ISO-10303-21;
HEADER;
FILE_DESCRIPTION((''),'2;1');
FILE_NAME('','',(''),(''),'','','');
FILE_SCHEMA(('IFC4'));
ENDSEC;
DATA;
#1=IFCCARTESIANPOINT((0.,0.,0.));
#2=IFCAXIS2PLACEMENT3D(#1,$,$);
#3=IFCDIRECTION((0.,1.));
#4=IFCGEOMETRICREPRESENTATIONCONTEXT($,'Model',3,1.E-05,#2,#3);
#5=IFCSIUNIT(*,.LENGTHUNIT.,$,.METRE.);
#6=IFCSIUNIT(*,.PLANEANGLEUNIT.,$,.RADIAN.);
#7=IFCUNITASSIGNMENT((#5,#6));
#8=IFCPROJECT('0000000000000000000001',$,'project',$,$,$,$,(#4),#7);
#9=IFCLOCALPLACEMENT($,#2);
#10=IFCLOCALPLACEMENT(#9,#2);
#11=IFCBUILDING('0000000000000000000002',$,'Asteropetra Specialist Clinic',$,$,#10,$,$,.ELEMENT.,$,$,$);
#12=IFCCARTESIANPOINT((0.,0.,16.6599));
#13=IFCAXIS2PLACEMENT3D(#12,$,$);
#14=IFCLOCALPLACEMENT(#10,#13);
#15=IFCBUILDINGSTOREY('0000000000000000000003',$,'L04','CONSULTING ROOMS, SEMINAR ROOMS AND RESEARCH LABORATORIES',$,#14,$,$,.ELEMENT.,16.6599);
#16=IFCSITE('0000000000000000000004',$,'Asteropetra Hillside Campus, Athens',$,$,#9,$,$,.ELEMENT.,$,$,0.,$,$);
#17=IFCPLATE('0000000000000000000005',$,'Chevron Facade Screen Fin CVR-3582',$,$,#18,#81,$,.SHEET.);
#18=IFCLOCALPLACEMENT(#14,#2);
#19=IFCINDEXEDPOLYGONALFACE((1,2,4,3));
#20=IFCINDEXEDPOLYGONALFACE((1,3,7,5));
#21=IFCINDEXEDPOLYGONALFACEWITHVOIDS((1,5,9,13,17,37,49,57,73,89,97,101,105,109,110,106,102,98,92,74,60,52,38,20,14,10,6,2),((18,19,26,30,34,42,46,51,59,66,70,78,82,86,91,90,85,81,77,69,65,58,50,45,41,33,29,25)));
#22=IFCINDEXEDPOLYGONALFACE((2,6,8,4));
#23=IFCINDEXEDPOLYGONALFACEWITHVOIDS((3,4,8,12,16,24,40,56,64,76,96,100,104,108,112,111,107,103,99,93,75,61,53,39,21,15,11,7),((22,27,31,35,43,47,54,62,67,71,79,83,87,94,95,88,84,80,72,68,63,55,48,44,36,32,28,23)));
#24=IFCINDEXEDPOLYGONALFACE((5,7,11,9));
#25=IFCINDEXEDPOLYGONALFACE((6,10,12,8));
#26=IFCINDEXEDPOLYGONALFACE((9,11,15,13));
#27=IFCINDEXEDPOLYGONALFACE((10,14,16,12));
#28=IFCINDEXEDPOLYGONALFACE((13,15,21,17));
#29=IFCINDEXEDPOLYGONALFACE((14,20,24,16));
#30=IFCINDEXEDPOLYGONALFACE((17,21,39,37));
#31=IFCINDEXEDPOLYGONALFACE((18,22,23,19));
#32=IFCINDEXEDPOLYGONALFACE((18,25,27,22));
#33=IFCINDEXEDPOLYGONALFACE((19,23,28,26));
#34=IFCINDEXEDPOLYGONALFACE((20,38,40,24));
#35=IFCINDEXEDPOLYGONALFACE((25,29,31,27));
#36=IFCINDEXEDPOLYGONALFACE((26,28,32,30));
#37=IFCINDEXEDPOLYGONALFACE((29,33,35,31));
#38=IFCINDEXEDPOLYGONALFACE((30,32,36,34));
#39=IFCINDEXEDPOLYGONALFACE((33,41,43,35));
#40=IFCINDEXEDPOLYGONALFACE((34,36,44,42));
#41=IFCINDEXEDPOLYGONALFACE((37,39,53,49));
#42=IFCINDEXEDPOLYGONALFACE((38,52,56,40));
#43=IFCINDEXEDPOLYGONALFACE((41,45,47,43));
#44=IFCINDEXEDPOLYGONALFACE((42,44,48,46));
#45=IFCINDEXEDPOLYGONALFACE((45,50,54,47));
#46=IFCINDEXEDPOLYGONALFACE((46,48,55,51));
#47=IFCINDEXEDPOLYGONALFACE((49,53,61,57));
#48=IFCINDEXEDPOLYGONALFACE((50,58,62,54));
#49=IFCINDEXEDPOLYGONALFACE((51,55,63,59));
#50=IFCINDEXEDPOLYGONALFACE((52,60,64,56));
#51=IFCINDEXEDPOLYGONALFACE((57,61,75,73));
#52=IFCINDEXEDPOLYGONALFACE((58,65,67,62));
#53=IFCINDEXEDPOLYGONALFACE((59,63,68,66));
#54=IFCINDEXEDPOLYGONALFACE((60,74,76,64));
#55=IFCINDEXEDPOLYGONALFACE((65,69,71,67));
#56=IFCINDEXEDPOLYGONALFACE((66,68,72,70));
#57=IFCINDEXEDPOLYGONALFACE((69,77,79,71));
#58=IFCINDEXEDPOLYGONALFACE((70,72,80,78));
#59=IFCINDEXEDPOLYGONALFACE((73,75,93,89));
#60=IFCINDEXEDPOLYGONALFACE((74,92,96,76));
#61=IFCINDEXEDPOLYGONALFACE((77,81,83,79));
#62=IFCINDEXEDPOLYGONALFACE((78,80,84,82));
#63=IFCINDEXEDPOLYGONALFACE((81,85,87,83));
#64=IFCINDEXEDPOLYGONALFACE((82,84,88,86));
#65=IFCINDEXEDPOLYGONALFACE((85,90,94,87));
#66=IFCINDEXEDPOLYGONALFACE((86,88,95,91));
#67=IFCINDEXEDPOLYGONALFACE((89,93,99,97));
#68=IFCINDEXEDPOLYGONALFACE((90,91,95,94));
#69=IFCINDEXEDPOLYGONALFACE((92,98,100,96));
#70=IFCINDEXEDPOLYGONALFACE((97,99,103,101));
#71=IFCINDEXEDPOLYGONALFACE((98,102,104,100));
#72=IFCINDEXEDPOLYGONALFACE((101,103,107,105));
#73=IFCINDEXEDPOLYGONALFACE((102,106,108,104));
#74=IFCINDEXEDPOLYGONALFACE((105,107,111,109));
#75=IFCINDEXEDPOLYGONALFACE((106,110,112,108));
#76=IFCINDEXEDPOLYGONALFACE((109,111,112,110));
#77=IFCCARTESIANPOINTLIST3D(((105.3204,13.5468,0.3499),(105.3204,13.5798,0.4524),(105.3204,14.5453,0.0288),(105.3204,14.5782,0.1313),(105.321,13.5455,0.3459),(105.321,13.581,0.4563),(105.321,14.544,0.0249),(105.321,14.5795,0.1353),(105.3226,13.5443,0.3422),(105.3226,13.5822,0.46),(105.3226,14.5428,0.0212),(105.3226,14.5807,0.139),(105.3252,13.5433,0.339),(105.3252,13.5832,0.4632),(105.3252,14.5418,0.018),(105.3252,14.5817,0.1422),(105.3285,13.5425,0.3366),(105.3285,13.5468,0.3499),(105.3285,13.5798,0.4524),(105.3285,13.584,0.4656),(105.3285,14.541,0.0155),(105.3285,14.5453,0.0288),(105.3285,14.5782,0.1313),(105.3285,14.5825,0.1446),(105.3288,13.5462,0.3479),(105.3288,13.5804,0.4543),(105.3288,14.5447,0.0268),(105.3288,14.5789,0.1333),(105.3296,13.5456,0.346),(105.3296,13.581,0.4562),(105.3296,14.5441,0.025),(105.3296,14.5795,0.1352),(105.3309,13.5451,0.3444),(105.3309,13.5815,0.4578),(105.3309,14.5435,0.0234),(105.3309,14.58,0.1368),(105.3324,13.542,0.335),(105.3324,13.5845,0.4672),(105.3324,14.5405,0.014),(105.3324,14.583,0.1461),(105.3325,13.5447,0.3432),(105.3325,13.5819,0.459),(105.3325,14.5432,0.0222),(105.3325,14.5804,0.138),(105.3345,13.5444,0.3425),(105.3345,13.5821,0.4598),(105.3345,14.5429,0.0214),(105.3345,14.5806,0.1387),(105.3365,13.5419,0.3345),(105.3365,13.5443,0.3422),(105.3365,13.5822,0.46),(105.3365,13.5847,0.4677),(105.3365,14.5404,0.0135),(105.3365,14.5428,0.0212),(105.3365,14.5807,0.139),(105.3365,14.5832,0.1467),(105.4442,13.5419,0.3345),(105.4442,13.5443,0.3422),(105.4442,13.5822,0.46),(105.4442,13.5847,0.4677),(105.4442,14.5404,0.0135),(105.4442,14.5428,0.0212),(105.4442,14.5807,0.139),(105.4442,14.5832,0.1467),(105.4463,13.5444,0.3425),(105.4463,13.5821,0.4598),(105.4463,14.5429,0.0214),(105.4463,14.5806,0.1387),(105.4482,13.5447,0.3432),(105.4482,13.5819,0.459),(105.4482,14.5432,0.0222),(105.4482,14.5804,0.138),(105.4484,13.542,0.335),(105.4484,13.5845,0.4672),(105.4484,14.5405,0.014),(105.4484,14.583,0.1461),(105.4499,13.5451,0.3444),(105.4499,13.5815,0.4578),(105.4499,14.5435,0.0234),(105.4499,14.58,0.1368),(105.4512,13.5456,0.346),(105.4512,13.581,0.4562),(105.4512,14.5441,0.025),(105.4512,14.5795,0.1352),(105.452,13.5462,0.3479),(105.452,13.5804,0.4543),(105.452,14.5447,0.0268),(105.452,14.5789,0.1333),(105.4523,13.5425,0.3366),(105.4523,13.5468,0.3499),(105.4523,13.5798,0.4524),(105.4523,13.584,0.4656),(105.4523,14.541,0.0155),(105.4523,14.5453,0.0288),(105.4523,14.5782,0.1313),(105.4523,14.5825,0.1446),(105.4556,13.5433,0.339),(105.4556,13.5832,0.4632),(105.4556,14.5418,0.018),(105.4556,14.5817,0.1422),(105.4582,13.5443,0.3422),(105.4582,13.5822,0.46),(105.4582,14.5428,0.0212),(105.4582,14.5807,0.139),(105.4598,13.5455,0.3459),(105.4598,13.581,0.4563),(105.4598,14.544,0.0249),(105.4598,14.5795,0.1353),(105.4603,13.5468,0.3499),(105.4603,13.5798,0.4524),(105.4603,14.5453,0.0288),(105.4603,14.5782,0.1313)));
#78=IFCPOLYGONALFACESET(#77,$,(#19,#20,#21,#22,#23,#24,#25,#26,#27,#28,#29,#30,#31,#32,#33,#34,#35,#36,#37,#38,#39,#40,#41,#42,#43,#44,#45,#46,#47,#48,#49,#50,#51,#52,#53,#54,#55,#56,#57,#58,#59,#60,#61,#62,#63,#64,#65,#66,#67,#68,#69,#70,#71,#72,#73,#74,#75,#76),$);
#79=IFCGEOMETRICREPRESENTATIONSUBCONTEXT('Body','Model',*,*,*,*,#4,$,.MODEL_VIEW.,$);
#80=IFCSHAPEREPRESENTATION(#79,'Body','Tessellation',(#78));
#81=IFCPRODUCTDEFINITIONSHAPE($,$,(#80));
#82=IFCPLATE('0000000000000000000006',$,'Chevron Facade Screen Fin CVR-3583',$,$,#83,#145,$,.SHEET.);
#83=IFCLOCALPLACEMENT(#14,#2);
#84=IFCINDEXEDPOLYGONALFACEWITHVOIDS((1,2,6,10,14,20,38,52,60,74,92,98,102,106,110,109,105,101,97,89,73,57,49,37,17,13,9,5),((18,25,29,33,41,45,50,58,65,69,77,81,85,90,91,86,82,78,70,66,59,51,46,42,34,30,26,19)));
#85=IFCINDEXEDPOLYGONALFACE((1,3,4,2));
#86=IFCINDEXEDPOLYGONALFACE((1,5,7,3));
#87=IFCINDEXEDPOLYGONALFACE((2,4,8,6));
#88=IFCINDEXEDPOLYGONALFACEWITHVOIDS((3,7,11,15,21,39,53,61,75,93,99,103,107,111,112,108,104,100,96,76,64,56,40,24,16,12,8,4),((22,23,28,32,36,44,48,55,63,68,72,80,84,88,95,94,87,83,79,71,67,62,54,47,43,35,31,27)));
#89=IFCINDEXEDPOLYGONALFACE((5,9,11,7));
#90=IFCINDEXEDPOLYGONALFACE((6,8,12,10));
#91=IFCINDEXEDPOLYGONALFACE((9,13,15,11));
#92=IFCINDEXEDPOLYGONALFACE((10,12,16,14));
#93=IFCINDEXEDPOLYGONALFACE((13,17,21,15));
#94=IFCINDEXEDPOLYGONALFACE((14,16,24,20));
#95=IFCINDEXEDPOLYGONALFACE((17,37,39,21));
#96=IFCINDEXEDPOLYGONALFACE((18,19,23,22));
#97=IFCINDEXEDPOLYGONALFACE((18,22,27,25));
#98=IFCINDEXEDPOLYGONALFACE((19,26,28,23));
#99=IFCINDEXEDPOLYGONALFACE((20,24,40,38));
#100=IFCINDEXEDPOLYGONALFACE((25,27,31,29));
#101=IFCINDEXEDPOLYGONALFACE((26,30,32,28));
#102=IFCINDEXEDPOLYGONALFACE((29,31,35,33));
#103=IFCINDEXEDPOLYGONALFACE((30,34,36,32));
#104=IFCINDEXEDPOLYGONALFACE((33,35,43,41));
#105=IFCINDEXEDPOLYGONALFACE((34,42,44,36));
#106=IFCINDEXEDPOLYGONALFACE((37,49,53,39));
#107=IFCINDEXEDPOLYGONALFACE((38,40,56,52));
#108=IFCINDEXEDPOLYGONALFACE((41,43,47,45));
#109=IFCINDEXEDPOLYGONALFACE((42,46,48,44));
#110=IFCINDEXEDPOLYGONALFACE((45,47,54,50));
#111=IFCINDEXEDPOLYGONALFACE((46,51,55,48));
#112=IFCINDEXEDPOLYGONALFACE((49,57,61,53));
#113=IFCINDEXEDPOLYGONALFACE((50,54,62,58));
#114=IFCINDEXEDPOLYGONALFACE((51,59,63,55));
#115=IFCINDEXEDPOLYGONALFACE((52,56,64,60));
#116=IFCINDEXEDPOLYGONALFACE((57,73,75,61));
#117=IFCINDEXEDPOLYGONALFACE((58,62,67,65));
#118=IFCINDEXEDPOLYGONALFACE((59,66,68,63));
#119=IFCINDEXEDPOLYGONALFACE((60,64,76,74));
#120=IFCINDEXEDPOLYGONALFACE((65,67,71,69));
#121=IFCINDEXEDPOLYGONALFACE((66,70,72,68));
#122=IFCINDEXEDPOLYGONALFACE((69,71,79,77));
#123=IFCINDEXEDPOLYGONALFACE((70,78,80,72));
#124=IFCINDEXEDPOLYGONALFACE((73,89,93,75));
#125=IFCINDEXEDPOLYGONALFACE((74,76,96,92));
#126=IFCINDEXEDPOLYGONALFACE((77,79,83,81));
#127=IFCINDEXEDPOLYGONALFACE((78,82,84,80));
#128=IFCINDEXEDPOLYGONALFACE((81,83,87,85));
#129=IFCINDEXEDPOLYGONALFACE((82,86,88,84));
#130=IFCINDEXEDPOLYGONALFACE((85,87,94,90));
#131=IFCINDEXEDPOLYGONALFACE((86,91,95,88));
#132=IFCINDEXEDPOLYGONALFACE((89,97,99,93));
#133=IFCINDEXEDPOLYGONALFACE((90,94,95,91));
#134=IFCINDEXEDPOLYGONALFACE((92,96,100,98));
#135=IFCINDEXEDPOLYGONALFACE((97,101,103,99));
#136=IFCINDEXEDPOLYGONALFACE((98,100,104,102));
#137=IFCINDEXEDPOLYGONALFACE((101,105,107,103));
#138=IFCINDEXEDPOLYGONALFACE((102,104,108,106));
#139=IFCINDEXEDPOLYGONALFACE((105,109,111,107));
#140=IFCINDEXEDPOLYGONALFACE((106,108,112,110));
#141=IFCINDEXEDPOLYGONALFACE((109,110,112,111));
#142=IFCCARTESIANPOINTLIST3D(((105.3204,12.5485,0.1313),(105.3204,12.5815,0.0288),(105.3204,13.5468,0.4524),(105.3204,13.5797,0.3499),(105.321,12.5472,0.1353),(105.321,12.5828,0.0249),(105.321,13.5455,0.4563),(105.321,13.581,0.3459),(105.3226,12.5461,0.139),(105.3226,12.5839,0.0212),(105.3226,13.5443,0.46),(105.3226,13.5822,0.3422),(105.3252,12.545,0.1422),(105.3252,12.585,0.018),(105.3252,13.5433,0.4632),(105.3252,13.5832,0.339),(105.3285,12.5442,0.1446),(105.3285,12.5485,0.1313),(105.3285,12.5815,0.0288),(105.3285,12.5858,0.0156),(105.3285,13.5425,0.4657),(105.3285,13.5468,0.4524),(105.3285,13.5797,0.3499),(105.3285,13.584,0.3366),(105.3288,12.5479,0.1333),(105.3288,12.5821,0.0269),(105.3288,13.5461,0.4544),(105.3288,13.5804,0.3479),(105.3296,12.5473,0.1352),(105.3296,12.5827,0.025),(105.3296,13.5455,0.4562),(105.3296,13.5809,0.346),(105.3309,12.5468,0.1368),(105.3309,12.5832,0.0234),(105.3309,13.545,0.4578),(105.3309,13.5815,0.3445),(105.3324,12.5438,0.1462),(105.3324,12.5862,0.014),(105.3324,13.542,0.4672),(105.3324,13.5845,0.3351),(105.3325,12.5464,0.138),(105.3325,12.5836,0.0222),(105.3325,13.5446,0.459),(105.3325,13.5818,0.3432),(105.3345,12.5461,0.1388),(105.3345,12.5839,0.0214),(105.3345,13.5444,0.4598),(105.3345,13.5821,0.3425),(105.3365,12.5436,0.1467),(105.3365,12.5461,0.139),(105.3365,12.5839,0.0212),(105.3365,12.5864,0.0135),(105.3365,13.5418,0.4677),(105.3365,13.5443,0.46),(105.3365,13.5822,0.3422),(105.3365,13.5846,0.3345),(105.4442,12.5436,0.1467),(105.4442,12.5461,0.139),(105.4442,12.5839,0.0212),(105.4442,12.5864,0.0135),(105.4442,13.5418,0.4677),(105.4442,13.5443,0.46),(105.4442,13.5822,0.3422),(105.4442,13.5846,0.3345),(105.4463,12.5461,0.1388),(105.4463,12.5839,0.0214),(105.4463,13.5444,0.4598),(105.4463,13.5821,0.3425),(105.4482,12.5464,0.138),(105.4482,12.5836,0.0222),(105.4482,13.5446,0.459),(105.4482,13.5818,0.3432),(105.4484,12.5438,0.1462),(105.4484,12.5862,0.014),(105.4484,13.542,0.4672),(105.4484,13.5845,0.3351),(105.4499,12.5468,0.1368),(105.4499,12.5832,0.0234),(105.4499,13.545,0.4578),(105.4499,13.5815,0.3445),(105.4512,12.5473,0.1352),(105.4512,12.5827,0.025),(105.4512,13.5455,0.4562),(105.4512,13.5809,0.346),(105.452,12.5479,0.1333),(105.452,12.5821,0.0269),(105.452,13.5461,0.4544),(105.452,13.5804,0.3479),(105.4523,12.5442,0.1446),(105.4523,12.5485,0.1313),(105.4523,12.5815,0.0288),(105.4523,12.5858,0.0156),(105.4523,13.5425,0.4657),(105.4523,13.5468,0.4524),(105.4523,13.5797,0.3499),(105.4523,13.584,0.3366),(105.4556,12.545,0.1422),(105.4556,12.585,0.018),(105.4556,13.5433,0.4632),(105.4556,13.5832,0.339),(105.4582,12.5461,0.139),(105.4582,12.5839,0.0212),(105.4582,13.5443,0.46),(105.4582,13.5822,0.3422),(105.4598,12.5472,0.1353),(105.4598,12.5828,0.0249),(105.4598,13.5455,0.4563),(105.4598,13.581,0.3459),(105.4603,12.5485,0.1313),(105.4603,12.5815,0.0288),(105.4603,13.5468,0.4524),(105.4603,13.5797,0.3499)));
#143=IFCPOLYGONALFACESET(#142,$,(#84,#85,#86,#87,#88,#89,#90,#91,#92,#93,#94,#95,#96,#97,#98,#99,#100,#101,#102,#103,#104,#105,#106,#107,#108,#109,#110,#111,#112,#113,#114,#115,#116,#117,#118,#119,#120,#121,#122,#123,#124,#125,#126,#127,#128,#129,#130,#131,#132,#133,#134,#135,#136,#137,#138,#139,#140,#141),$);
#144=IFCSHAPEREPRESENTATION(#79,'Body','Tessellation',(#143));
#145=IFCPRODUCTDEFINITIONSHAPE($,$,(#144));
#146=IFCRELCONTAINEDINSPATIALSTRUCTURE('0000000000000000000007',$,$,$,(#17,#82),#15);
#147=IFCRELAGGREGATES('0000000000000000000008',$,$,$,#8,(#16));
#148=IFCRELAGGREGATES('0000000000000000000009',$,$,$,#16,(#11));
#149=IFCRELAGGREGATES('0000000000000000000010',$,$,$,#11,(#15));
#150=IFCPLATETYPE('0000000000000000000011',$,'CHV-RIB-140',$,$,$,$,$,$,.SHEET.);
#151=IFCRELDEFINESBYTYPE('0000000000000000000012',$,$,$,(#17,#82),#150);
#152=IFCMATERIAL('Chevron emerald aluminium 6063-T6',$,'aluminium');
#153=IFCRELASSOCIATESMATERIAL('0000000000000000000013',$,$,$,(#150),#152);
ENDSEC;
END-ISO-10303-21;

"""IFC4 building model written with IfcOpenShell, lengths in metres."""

from ifc_helpers import new_model, si_unit, direction, frame, origin, origin_2d, place, context, subcontext, project, spatial, hollow_rectangle, extrude, material, material_profile, profile_set, type_object, element, save


model = new_model("IFC4")

# Units and contexts
model_context = context("Model", 3, precision=1e-05, world=origin(), true_north=direction((0.0, 1.0)))
body_context = subcontext(model_context, "Body", "Model", "MODEL_VIEW")
ifc_project = project(units=[si_unit("LENGTHUNIT", "METRE"), si_unit("PLANEANGLEUNIT", "RADIAN")], contexts=[model_context])

# Site, building, storey
site_placement = place(None, origin())
site = spatial("IfcSite", under=ifc_project, at=site_placement, Name="Asteropetra Hillside Campus, Athens", CompositionType="ELEMENT", RefElevation=0.0)
building_placement = place(site_placement, origin())
building = spatial("IfcBuilding", under=site, at=building_placement, Name="Asteropetra Specialist Clinic", CompositionType="ELEMENT")
storey_placement = place(building_placement, frame((0.0, 0.0, 16.6599)))
storey = spatial("IfcBuildingStorey", under=building, at=storey_placement, Name="L04", Description="CONSULTING ROOMS, SEMINAR ROOMS AND RESEARCH LABORATORIES", CompositionType="ELEMENT", Elevation=16.6599)

# Plates
ifc_material_1 = material(Name="Chevron emerald aluminium 6063-T6", Category="aluminium")
ifc_material_profile = material_profile(ifc_material_1, hollow_rectangle(XDim=0.1399, YDim=0.1399, WallThickness=0.0081, InnerFilletRadius=0.0081, OuterFilletRadius=0.0161, at=origin_2d()), Name="SHS 140x140x8.0")
ifc_profile_set = profile_set([ifc_material_profile], Name="Chevron emerald aluminium 6063-T6")
plate_type = type_object("IfcPlateType", Name="CHV-RIB-140", PredefinedType="SHEET", material=ifc_profile_set)
for number, where, z_axis, x_axis, name in (
    (1, (105.3904, 14.5618, 0.0801), (0.0, -0.952004, 0.306085), (1.0, 0.0, 0.0), "Chevron Facade Screen Fin CVR-3582"),
):
    element("IfcPlate", number, at=place(storey_placement, frame(where, z_axis=z_axis, x_axis=x_axis)), inside=storey, type_object=plate_type, Name=name, PredefinedType="SHEET", context=body_context, shape_type="SweptSolid", body=[
        extrude(hollow_rectangle(XDim=0.1399, YDim=0.1399, WallThickness=0.0081, InnerFilletRadius=0.0081, OuterFilletRadius=0.0161, at=origin_2d()), origin(), (0.0, 0.0, 1.0), 1.0488),
    ])
plate_1_placement = place(storey_placement, frame((105.3904, 13.5632, 0.4011), z_axis=(0.0, -0.951983, -0.306152), x_axis=(1.0, 0.0, 0.0)))
element("IfcPlate", 2, at=plate_1_placement, inside=storey, type_object=plate_type, Name="Chevron Facade Screen Fin CVR-3583", PredefinedType="SHEET", context=body_context, shape_type="SweptSolid", body=[
    extrude(hollow_rectangle(XDim=0.1399, YDim=0.1399, WallThickness=0.0081, InnerFilletRadius=0.0081, OuterFilletRadius=0.0161, at=origin_2d()), origin(), (0.0, 0.0, 1.0), 1.0486),
])

save(model, "model.ifc")
